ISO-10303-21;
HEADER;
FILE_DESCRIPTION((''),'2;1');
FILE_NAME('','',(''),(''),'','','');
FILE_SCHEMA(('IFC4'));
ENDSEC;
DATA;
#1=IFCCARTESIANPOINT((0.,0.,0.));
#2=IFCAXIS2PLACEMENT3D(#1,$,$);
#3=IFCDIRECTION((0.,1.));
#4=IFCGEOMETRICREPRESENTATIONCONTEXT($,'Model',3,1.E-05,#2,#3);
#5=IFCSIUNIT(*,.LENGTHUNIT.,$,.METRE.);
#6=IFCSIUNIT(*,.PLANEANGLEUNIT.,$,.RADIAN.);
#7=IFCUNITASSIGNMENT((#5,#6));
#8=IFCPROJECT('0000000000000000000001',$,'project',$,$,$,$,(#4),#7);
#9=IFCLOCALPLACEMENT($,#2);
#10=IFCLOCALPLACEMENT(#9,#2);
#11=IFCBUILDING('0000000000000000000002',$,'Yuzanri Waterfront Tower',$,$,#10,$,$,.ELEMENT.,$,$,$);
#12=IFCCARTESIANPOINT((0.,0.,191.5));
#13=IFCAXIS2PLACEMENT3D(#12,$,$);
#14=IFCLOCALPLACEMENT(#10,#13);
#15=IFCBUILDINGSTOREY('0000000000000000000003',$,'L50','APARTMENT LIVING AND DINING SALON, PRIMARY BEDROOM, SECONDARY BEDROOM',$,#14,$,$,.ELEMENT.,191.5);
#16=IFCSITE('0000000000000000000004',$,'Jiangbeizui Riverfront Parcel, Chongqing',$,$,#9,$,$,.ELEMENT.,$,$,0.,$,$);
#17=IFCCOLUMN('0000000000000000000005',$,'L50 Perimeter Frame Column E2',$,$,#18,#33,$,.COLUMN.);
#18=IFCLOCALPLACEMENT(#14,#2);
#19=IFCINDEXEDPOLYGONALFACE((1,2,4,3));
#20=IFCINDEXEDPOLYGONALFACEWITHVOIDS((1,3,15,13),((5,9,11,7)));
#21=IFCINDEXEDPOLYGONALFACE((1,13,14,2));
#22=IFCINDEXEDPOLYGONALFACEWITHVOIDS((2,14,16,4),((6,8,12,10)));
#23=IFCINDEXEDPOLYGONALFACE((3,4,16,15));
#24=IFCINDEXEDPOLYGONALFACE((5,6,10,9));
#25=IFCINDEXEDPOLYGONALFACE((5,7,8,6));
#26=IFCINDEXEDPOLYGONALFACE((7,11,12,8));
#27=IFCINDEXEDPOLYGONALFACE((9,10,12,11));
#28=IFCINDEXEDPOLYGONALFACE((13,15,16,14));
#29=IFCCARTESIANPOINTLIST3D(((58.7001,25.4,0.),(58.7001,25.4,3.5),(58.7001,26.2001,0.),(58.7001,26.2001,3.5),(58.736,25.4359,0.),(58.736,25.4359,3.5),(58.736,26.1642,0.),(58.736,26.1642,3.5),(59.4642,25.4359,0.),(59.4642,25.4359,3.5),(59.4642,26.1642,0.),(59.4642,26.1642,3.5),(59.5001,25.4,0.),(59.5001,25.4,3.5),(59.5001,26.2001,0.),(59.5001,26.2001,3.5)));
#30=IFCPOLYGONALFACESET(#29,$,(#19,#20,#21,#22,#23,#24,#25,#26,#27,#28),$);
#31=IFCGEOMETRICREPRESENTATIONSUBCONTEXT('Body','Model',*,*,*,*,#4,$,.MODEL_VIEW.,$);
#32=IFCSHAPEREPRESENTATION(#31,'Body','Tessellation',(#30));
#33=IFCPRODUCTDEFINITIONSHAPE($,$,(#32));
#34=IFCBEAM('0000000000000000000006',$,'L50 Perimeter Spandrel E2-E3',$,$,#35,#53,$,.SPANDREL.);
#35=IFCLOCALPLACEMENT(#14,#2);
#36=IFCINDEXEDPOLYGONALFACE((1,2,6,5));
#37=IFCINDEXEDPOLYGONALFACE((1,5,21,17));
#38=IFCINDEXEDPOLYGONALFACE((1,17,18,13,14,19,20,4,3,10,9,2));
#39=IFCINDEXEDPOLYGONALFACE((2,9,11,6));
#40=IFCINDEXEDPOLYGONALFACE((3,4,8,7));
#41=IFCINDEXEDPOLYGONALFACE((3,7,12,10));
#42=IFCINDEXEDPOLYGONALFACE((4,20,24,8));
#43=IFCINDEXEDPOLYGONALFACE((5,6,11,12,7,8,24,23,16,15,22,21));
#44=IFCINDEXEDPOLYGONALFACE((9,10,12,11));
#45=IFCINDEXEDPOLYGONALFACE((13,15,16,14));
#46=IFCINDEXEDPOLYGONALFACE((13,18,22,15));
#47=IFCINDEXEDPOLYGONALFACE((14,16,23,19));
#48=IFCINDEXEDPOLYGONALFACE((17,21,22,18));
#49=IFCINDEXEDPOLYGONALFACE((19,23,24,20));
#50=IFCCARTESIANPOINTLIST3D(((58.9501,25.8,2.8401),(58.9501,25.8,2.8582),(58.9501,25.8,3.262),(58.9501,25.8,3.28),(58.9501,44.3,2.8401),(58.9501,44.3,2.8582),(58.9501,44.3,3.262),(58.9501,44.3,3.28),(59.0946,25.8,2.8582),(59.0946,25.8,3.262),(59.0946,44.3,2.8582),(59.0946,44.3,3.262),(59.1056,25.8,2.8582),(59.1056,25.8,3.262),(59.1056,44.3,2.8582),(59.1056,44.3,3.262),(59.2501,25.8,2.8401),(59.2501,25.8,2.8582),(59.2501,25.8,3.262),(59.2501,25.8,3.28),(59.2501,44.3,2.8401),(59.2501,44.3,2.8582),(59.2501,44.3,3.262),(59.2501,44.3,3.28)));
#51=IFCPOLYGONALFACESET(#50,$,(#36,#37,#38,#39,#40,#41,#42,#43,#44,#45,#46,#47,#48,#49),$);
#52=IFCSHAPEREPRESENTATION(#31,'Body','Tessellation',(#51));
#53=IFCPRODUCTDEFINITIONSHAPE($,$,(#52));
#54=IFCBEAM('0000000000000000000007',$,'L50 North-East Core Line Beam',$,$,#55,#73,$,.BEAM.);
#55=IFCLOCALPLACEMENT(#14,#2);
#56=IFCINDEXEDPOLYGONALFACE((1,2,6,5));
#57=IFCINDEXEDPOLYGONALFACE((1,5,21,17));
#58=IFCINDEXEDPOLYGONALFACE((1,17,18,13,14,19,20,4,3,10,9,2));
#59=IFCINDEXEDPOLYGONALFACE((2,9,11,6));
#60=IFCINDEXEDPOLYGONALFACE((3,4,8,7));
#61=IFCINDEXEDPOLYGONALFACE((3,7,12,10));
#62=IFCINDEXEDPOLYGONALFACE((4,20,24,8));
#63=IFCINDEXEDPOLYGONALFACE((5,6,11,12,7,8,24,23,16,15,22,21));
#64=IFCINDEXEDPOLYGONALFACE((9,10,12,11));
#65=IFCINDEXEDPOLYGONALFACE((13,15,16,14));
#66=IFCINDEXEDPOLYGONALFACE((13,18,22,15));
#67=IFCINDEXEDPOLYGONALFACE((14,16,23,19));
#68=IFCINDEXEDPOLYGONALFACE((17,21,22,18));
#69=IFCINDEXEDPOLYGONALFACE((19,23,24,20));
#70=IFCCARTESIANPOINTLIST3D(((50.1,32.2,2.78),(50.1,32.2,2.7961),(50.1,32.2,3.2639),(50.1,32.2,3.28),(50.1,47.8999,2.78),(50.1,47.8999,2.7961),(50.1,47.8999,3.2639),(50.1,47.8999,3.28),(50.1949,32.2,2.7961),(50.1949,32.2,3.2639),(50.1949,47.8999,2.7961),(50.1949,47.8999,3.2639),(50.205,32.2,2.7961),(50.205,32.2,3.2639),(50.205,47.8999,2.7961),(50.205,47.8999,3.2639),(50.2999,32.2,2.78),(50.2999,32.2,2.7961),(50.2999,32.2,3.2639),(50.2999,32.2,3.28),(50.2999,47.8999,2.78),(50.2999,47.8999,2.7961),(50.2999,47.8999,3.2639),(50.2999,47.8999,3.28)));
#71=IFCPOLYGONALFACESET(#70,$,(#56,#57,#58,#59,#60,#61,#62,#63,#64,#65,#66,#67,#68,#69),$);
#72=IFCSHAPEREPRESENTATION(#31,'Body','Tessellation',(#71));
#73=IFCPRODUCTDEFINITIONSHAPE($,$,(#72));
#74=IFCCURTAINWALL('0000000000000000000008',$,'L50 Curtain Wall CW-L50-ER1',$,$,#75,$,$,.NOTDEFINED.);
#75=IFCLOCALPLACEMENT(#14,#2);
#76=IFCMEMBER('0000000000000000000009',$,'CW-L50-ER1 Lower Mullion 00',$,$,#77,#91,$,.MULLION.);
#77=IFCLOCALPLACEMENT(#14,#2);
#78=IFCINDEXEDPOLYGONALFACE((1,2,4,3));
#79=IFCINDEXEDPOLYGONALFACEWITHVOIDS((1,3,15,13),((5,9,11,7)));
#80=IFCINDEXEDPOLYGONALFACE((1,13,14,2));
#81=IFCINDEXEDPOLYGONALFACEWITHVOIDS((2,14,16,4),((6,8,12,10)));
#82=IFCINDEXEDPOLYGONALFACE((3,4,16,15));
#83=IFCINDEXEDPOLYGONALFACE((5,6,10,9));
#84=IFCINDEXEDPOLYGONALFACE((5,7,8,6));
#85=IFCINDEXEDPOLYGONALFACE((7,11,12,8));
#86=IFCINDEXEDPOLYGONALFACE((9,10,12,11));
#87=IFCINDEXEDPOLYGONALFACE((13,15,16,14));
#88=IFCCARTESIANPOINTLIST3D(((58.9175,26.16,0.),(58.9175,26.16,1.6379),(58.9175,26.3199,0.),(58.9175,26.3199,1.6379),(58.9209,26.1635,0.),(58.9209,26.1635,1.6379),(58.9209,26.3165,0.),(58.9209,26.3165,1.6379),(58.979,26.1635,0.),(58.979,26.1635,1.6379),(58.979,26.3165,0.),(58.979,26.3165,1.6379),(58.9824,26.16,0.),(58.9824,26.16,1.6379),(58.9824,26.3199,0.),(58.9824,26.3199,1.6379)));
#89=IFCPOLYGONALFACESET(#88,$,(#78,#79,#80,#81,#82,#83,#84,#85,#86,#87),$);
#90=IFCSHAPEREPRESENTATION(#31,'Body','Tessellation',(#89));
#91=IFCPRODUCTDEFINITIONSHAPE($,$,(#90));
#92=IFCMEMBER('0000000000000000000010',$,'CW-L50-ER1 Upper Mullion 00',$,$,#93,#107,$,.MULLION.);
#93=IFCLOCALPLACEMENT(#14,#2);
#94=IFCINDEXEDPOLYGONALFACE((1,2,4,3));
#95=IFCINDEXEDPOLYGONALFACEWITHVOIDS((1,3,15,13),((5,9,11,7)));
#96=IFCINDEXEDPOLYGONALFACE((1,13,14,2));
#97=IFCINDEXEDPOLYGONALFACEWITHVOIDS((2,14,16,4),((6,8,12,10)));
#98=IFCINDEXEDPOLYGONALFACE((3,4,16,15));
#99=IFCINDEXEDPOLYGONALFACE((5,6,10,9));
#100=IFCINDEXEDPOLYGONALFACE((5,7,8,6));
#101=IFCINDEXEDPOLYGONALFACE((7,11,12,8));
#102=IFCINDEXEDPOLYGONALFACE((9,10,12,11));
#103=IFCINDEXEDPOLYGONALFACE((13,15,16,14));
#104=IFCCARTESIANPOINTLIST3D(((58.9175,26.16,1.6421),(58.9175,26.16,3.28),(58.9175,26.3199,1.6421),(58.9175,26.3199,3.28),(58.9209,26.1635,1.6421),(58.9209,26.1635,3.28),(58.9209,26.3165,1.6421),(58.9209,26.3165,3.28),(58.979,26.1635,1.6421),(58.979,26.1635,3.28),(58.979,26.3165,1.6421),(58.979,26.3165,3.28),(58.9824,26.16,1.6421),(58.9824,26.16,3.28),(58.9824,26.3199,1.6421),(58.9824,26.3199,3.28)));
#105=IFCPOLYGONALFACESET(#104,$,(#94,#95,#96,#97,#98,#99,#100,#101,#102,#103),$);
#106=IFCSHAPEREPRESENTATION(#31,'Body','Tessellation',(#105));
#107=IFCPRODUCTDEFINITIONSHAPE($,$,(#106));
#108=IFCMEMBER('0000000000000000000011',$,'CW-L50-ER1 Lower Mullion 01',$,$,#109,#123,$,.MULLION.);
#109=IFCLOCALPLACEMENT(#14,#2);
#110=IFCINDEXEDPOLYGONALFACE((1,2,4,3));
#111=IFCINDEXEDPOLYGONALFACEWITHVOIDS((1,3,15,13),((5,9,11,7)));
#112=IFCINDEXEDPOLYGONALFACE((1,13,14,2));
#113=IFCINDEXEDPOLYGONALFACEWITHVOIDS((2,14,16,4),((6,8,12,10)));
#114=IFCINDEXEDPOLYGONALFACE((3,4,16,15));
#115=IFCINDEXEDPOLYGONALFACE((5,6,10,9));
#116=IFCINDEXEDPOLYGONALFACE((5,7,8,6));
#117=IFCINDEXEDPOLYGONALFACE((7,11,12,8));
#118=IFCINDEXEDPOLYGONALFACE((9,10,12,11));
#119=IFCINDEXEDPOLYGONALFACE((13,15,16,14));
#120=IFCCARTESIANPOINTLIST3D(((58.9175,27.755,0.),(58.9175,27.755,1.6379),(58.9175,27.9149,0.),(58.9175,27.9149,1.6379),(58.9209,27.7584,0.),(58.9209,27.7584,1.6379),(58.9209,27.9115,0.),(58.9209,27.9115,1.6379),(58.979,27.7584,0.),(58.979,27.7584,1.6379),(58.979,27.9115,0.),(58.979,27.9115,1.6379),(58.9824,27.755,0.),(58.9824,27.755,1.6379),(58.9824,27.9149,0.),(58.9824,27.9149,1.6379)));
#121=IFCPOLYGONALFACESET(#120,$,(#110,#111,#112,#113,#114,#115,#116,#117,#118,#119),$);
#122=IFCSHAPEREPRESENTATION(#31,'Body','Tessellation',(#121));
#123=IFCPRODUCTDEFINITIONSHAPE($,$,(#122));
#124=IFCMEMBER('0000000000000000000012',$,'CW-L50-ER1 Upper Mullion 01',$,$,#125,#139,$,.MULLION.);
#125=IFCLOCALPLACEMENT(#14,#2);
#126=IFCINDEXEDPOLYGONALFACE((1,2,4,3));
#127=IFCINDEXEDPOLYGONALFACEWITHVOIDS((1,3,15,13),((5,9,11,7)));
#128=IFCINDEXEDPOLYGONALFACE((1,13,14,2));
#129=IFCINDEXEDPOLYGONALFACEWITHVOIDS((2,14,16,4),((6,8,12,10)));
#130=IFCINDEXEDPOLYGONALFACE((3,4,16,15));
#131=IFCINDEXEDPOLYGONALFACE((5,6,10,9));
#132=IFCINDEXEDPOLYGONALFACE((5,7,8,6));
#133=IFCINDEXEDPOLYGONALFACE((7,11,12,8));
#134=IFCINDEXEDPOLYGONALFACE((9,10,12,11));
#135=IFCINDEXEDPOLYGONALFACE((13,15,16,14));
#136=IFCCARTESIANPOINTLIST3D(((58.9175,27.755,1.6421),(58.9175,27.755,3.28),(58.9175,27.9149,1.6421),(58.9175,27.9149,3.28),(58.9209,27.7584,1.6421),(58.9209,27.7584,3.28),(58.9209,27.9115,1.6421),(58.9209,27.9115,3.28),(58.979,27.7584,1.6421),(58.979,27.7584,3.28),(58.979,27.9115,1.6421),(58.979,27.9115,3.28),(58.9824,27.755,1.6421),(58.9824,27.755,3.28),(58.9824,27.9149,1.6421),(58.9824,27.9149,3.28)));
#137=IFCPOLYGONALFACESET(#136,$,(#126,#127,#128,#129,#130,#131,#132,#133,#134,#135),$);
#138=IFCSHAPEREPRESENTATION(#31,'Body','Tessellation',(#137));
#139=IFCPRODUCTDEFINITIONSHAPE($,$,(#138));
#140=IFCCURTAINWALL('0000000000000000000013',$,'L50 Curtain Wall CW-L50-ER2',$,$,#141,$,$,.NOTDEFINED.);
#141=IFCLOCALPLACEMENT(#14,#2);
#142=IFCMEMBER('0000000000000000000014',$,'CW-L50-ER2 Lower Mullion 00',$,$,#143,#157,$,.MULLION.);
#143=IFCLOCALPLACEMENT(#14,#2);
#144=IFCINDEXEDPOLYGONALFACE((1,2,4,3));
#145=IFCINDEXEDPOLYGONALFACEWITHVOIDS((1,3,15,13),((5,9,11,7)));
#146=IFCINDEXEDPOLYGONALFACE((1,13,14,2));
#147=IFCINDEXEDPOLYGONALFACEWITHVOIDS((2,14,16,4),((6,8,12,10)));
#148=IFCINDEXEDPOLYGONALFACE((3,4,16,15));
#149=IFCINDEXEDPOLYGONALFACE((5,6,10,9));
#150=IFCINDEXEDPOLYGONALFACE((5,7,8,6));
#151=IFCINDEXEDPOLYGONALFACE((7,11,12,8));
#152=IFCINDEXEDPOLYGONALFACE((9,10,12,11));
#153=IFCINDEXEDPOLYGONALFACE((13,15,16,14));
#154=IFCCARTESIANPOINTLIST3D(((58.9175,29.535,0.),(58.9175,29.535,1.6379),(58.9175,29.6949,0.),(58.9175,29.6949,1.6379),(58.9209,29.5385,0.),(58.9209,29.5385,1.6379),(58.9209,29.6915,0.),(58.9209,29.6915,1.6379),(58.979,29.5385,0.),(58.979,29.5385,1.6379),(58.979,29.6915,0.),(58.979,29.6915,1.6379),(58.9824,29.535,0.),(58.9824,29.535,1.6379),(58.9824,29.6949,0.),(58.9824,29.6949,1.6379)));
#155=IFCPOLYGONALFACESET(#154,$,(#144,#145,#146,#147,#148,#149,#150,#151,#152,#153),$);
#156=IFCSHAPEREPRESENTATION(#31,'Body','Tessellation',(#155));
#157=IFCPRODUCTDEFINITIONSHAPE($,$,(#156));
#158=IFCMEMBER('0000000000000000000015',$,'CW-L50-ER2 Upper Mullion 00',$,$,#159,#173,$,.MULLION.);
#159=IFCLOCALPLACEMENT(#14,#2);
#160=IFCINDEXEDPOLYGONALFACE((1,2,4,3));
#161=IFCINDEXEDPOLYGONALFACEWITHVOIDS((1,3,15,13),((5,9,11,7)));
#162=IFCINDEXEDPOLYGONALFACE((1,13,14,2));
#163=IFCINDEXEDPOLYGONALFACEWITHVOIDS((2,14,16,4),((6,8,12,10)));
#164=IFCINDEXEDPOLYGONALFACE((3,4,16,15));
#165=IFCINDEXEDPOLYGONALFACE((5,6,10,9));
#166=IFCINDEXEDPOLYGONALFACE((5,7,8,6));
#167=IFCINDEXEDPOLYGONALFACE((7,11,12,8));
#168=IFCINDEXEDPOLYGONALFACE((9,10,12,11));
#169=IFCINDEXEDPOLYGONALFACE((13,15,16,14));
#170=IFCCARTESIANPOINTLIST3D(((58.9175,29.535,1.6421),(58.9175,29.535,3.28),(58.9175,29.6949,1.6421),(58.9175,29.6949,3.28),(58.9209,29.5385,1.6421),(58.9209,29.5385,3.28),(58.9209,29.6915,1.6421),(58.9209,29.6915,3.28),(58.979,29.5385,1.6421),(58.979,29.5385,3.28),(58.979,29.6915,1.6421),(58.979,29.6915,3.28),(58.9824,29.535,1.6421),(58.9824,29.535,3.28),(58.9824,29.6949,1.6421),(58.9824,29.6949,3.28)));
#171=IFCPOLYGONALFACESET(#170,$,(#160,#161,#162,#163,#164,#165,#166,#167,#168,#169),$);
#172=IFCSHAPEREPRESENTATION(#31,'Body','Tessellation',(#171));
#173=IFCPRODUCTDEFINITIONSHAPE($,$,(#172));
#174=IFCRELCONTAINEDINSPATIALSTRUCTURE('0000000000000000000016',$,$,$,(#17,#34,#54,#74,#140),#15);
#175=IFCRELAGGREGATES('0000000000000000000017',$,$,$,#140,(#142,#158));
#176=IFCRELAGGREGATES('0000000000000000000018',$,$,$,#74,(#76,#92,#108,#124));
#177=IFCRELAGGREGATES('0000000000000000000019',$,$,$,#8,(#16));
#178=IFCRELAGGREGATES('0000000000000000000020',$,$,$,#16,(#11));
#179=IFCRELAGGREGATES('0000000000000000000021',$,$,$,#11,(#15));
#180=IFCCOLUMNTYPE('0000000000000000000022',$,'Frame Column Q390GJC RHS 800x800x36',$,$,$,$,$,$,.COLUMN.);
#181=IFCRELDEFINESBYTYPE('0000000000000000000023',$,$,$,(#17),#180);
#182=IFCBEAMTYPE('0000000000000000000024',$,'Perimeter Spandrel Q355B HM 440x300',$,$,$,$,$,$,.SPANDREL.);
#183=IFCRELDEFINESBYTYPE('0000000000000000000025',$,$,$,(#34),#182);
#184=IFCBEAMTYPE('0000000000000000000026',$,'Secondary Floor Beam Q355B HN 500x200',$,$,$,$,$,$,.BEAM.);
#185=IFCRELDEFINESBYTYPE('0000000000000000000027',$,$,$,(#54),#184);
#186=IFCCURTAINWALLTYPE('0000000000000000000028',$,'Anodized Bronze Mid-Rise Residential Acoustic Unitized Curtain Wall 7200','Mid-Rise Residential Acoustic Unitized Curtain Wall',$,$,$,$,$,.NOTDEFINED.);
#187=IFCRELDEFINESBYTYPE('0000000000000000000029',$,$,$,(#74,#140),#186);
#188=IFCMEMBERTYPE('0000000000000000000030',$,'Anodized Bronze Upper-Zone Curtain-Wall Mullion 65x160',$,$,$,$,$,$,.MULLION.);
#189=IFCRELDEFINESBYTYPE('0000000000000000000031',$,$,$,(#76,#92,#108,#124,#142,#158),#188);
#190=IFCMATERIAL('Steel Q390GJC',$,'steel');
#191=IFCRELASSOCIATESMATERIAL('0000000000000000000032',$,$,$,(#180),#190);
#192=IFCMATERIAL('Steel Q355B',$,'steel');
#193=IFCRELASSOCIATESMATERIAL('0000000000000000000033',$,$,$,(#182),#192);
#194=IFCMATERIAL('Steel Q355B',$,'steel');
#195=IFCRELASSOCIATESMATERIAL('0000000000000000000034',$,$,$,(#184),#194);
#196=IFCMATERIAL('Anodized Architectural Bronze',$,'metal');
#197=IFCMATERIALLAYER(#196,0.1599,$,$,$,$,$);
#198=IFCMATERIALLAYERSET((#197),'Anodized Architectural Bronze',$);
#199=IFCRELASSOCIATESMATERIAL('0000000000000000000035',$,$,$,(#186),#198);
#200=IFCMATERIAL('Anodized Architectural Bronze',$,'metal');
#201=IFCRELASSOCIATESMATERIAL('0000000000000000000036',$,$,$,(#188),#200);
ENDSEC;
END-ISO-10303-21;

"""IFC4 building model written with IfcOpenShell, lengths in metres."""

from ifc_helpers import new_model, si_unit, direction, frame, origin, origin_2d, place, context, subcontext, project, spatial, hollow_rectangle, i_section, extrude, source, transform, mapped, material, layer, layer_set, material_profile, profile_set, type_object, element, aggregate, save


model = new_model("IFC4")

# Units and contexts
model_context = context("Model", 3, precision=1e-05, world=origin(), true_north=direction((0.0, 1.0)))
body_context = subcontext(model_context, "Body", "Model", "MODEL_VIEW")
ifc_project = project(units=[si_unit("LENGTHUNIT", "METRE"), si_unit("PLANEANGLEUNIT", "RADIAN")], contexts=[model_context])

# Site, building, storey
site_placement = place(None, origin())
site = spatial("IfcSite", under=ifc_project, at=site_placement, Name="Jiangbeizui Riverfront Parcel, Chongqing", CompositionType="ELEMENT", RefElevation=0.0)
building_placement = place(site_placement, origin())
building = spatial("IfcBuilding", under=site, at=building_placement, Name="Yuzanri Waterfront Tower", CompositionType="ELEMENT")
storey_placement = place(building_placement, frame((0.0, 0.0, 191.5)))
storey = spatial("IfcBuildingStorey", under=building, at=storey_placement, Name="L50", Description="APARTMENT LIVING AND DINING SALON, PRIMARY BEDROOM, SECONDARY BEDROOM", CompositionType="ELEMENT", Elevation=191.5)

# Column
ifc_material_1 = material(Name="Steel Q390GJC", Category="steel")
ifc_material_profile_1 = material_profile(ifc_material_1, hollow_rectangle(XDim=0.8, YDim=0.8, WallThickness=0.0359, at=origin_2d()), Name="RHS 800x800x36")
ifc_profile_set_1 = profile_set([ifc_material_profile_1], Name="Steel Q390GJC")
column_type = type_object("IfcColumnType", Name="Frame Column Q390GJC RHS 800x800x36", PredefinedType="COLUMN", material=ifc_profile_set_1)
shared_shape_1 = source(origin(), body_context, "Body", "SweptSolid", [
    extrude(hollow_rectangle(XDim=0.8, YDim=0.8, WallThickness=0.0359, at=origin_2d()), origin(), (0.0, 0.0, 1.0), 3.5),
])
column_placement = place(storey_placement, frame((59.1001, 25.8, 0.0), z_axis=(0.0, 0.0, 1.0), x_axis=(1.0, 0.0, 0.0)))
element("IfcColumn", 1, at=column_placement, inside=storey, type_object=column_type, Name="L50 Perimeter Frame Column E2", PredefinedType="COLUMN", context=body_context, shape_type="MappedRepresentation", body=[
    mapped(shared_shape_1, transform((0.0, 0.0, 0.0), scale=1.0)),
])

# Beams
ifc_material_2 = material(Name="Steel Q355B", Category="steel")
ifc_material_profile_2 = material_profile(ifc_material_2, i_section(OverallWidth=0.3, OverallDepth=0.4399, WebThickness=0.011, FlangeThickness=0.0181, at=origin_2d()), Name="HM 440x300x11x18")
ifc_profile_set_2 = profile_set([ifc_material_profile_2], Name="Steel Q355B")
beam_type_1 = type_object("IfcBeamType", Name="Perimeter Spandrel Q355B HM 440x300", PredefinedType="SPANDREL", material=ifc_profile_set_2)
shared_shape_2 = source(origin(), body_context, "Body", "SweptSolid", [
    extrude(i_section(OverallWidth=0.3, OverallDepth=0.4399, WebThickness=0.011, FlangeThickness=0.0181, at=origin_2d()), origin(), (0.0, 0.0, 1.0), 18.5),
])
beam_1_placement = place(storey_placement, frame((59.1001, 25.8, 3.0601), z_axis=(0.0, 1.0, 0.0), x_axis=(-1.0, 0.0, 0.0)))
element("IfcBeam", 2, at=beam_1_placement, inside=storey, type_object=beam_type_1, Name="L50 Perimeter Spandrel E2-E3", PredefinedType="SPANDREL", context=body_context, shape_type="MappedRepresentation", body=[
    mapped(shared_shape_2, transform((0.0, 0.0, 0.0), scale=1.0)),
])
ifc_material_3 = material(Name="Steel Q355B", Category="steel")
ifc_material_profile_3 = material_profile(ifc_material_3, i_section(OverallWidth=0.2, OverallDepth=0.5, WebThickness=0.01, FlangeThickness=0.0161, at=origin_2d()), Name="HN 500x200x10x16")
ifc_profile_set_3 = profile_set([ifc_material_profile_3], Name="Steel Q355B")
beam_type_2 = type_object("IfcBeamType", Name="Secondary Floor Beam Q355B HN 500x200", PredefinedType="BEAM", material=ifc_profile_set_3)
shared_shape_3 = source(origin(), body_context, "Body", "SweptSolid", [
    extrude(i_section(OverallWidth=0.2, OverallDepth=0.5, WebThickness=0.01, FlangeThickness=0.0161, at=origin_2d()), origin(), (0.0, 0.0, 1.0), 15.7),
])
beam_2_placement = place(storey_placement, frame((50.2, 32.2, 3.03), z_axis=(0.0, 1.0, 0.0), x_axis=(-1.0, 0.0, 0.0)))
element("IfcBeam", 3, at=beam_2_placement, inside=storey, type_object=beam_type_2, Name="L50 North-East Core Line Beam", PredefinedType="BEAM", context=body_context, shape_type="MappedRepresentation", body=[
    mapped(shared_shape_3, transform((0.0, 0.0, 0.0), scale=1.0)),
])

# Curtain walls, members
ifc_material_4 = material(Name="Anodized Architectural Bronze", Category="metal")
ifc_layer_1 = layer(ifc_material_4, 0.1599)
ifc_layer_set_1 = layer_set([ifc_layer_1], Name="Anodized Architectural Bronze")
curtain_wall_type = type_object("IfcCurtainWallType", Name="Anodized Bronze Mid-Rise Residential Acoustic Unitized Curtain Wall 7200", Description="Mid-Rise Residential Acoustic Unitized Curtain Wall", PredefinedType="NOTDEFINED", material=ifc_layer_set_1)
curtain_wall_1_placement = place(storey_placement, origin())
curtain_wall_1 = element("IfcCurtainWall", 4, at=curtain_wall_1_placement, inside=storey, type_object=curtain_wall_type, Name="L50 Curtain Wall CW-L50-ER1", PredefinedType="NOTDEFINED")
ifc_material_5 = material(Name="Anodized Architectural Bronze", Category="metal")
ifc_material_profile_4 = material_profile(ifc_material_5, hollow_rectangle(XDim=0.0649, YDim=0.1599, WallThickness=0.0034, at=origin_2d()), Name="CWM 65x160")
ifc_profile_set_4 = profile_set([ifc_material_profile_4], Name="Anodized Architectural Bronze")
member_type_1 = type_object("IfcMemberType", Name="Anodized Bronze Upper-Zone Curtain-Wall Mullion 65x160", PredefinedType="MULLION", material=ifc_profile_set_4)
shared_shape_4 = source(origin(), body_context, "Body", "SweptSolid", [
    extrude(hollow_rectangle(XDim=0.0649, YDim=0.1599, WallThickness=0.0034, at=origin_2d()), origin(), (0.0, 0.0, 1.0), 1.6379),
])
member_1_placement = place(storey_placement, frame((58.95, 26.24, 0.0), z_axis=(0.0, 0.0, 1.0), x_axis=(1.0, 0.0, 0.0)))
member_1 = element("IfcMember", 5, at=member_1_placement, type_object=member_type_1, Name="CW-L50-ER1 Lower Mullion 00", PredefinedType="MULLION", context=body_context, shape_type="MappedRepresentation", body=[
    mapped(shared_shape_4, transform((0.0, 0.0, 0.0), scale=1.0)),
])
member_2_placement = place(storey_placement, frame((58.95, 26.24, 1.6421), z_axis=(0.0, 0.0, 1.0), x_axis=(1.0, 0.0, 0.0)))
member_2 = element("IfcMember", 6, at=member_2_placement, type_object=member_type_1, Name="CW-L50-ER1 Upper Mullion 00", PredefinedType="MULLION", context=body_context, shape_type="MappedRepresentation", body=[
    mapped(shared_shape_4, transform((0.0, 0.0, 0.0), scale=1.0)),
])
member_3_placement = place(storey_placement, frame((58.95, 27.835, 0.0), z_axis=(0.0, 0.0, 1.0), x_axis=(1.0, 0.0, 0.0)))
member_3 = element("IfcMember", 7, at=member_3_placement, type_object=member_type_1, Name="CW-L50-ER1 Lower Mullion 01", PredefinedType="MULLION", context=body_context, shape_type="MappedRepresentation", body=[
    mapped(shared_shape_4, transform((0.0, 0.0, 0.0), scale=1.0)),
])
member_4_placement = place(storey_placement, frame((58.95, 27.835, 1.6421), z_axis=(0.0, 0.0, 1.0), x_axis=(1.0, 0.0, 0.0)))
member_4 = element("IfcMember", 8, at=member_4_placement, type_object=member_type_1, Name="CW-L50-ER1 Upper Mullion 01", PredefinedType="MULLION", context=body_context, shape_type="MappedRepresentation", body=[
    mapped(shared_shape_4, transform((0.0, 0.0, 0.0), scale=1.0)),
])
curtain_wall_2_placement = place(storey_placement, origin())
curtain_wall_2 = element("IfcCurtainWall", 9, at=curtain_wall_2_placement, inside=storey, type_object=curtain_wall_type, Name="L50 Curtain Wall CW-L50-ER2", PredefinedType="NOTDEFINED")
member_5_placement = place(storey_placement, frame((58.95, 29.615, 0.0), z_axis=(0.0, 0.0, 1.0), x_axis=(1.0, 0.0, 0.0)))
member_5 = element("IfcMember", 10, at=member_5_placement, type_object=member_type_1, Name="CW-L50-ER2 Lower Mullion 00", PredefinedType="MULLION", context=body_context, shape_type="MappedRepresentation", body=[
    mapped(shared_shape_4, transform((0.0, 0.0, 0.0), scale=1.0)),
])
member_6_placement = place(storey_placement, frame((58.95, 29.615, 1.6421), z_axis=(0.0, 0.0, 1.0), x_axis=(1.0, 0.0, 0.0)))
member_6 = element("IfcMember", 11, at=member_6_placement, type_object=member_type_1, Name="CW-L50-ER2 Upper Mullion 00", PredefinedType="MULLION", context=body_context, shape_type="MappedRepresentation", body=[
    mapped(shared_shape_4, transform((0.0, 0.0, 0.0), scale=1.0)),
])

aggregate(curtain_wall_2, [member_5, member_6])

aggregate(curtain_wall_1, [member_1, member_2, member_3, member_4])

save(model, "model.ifc")
